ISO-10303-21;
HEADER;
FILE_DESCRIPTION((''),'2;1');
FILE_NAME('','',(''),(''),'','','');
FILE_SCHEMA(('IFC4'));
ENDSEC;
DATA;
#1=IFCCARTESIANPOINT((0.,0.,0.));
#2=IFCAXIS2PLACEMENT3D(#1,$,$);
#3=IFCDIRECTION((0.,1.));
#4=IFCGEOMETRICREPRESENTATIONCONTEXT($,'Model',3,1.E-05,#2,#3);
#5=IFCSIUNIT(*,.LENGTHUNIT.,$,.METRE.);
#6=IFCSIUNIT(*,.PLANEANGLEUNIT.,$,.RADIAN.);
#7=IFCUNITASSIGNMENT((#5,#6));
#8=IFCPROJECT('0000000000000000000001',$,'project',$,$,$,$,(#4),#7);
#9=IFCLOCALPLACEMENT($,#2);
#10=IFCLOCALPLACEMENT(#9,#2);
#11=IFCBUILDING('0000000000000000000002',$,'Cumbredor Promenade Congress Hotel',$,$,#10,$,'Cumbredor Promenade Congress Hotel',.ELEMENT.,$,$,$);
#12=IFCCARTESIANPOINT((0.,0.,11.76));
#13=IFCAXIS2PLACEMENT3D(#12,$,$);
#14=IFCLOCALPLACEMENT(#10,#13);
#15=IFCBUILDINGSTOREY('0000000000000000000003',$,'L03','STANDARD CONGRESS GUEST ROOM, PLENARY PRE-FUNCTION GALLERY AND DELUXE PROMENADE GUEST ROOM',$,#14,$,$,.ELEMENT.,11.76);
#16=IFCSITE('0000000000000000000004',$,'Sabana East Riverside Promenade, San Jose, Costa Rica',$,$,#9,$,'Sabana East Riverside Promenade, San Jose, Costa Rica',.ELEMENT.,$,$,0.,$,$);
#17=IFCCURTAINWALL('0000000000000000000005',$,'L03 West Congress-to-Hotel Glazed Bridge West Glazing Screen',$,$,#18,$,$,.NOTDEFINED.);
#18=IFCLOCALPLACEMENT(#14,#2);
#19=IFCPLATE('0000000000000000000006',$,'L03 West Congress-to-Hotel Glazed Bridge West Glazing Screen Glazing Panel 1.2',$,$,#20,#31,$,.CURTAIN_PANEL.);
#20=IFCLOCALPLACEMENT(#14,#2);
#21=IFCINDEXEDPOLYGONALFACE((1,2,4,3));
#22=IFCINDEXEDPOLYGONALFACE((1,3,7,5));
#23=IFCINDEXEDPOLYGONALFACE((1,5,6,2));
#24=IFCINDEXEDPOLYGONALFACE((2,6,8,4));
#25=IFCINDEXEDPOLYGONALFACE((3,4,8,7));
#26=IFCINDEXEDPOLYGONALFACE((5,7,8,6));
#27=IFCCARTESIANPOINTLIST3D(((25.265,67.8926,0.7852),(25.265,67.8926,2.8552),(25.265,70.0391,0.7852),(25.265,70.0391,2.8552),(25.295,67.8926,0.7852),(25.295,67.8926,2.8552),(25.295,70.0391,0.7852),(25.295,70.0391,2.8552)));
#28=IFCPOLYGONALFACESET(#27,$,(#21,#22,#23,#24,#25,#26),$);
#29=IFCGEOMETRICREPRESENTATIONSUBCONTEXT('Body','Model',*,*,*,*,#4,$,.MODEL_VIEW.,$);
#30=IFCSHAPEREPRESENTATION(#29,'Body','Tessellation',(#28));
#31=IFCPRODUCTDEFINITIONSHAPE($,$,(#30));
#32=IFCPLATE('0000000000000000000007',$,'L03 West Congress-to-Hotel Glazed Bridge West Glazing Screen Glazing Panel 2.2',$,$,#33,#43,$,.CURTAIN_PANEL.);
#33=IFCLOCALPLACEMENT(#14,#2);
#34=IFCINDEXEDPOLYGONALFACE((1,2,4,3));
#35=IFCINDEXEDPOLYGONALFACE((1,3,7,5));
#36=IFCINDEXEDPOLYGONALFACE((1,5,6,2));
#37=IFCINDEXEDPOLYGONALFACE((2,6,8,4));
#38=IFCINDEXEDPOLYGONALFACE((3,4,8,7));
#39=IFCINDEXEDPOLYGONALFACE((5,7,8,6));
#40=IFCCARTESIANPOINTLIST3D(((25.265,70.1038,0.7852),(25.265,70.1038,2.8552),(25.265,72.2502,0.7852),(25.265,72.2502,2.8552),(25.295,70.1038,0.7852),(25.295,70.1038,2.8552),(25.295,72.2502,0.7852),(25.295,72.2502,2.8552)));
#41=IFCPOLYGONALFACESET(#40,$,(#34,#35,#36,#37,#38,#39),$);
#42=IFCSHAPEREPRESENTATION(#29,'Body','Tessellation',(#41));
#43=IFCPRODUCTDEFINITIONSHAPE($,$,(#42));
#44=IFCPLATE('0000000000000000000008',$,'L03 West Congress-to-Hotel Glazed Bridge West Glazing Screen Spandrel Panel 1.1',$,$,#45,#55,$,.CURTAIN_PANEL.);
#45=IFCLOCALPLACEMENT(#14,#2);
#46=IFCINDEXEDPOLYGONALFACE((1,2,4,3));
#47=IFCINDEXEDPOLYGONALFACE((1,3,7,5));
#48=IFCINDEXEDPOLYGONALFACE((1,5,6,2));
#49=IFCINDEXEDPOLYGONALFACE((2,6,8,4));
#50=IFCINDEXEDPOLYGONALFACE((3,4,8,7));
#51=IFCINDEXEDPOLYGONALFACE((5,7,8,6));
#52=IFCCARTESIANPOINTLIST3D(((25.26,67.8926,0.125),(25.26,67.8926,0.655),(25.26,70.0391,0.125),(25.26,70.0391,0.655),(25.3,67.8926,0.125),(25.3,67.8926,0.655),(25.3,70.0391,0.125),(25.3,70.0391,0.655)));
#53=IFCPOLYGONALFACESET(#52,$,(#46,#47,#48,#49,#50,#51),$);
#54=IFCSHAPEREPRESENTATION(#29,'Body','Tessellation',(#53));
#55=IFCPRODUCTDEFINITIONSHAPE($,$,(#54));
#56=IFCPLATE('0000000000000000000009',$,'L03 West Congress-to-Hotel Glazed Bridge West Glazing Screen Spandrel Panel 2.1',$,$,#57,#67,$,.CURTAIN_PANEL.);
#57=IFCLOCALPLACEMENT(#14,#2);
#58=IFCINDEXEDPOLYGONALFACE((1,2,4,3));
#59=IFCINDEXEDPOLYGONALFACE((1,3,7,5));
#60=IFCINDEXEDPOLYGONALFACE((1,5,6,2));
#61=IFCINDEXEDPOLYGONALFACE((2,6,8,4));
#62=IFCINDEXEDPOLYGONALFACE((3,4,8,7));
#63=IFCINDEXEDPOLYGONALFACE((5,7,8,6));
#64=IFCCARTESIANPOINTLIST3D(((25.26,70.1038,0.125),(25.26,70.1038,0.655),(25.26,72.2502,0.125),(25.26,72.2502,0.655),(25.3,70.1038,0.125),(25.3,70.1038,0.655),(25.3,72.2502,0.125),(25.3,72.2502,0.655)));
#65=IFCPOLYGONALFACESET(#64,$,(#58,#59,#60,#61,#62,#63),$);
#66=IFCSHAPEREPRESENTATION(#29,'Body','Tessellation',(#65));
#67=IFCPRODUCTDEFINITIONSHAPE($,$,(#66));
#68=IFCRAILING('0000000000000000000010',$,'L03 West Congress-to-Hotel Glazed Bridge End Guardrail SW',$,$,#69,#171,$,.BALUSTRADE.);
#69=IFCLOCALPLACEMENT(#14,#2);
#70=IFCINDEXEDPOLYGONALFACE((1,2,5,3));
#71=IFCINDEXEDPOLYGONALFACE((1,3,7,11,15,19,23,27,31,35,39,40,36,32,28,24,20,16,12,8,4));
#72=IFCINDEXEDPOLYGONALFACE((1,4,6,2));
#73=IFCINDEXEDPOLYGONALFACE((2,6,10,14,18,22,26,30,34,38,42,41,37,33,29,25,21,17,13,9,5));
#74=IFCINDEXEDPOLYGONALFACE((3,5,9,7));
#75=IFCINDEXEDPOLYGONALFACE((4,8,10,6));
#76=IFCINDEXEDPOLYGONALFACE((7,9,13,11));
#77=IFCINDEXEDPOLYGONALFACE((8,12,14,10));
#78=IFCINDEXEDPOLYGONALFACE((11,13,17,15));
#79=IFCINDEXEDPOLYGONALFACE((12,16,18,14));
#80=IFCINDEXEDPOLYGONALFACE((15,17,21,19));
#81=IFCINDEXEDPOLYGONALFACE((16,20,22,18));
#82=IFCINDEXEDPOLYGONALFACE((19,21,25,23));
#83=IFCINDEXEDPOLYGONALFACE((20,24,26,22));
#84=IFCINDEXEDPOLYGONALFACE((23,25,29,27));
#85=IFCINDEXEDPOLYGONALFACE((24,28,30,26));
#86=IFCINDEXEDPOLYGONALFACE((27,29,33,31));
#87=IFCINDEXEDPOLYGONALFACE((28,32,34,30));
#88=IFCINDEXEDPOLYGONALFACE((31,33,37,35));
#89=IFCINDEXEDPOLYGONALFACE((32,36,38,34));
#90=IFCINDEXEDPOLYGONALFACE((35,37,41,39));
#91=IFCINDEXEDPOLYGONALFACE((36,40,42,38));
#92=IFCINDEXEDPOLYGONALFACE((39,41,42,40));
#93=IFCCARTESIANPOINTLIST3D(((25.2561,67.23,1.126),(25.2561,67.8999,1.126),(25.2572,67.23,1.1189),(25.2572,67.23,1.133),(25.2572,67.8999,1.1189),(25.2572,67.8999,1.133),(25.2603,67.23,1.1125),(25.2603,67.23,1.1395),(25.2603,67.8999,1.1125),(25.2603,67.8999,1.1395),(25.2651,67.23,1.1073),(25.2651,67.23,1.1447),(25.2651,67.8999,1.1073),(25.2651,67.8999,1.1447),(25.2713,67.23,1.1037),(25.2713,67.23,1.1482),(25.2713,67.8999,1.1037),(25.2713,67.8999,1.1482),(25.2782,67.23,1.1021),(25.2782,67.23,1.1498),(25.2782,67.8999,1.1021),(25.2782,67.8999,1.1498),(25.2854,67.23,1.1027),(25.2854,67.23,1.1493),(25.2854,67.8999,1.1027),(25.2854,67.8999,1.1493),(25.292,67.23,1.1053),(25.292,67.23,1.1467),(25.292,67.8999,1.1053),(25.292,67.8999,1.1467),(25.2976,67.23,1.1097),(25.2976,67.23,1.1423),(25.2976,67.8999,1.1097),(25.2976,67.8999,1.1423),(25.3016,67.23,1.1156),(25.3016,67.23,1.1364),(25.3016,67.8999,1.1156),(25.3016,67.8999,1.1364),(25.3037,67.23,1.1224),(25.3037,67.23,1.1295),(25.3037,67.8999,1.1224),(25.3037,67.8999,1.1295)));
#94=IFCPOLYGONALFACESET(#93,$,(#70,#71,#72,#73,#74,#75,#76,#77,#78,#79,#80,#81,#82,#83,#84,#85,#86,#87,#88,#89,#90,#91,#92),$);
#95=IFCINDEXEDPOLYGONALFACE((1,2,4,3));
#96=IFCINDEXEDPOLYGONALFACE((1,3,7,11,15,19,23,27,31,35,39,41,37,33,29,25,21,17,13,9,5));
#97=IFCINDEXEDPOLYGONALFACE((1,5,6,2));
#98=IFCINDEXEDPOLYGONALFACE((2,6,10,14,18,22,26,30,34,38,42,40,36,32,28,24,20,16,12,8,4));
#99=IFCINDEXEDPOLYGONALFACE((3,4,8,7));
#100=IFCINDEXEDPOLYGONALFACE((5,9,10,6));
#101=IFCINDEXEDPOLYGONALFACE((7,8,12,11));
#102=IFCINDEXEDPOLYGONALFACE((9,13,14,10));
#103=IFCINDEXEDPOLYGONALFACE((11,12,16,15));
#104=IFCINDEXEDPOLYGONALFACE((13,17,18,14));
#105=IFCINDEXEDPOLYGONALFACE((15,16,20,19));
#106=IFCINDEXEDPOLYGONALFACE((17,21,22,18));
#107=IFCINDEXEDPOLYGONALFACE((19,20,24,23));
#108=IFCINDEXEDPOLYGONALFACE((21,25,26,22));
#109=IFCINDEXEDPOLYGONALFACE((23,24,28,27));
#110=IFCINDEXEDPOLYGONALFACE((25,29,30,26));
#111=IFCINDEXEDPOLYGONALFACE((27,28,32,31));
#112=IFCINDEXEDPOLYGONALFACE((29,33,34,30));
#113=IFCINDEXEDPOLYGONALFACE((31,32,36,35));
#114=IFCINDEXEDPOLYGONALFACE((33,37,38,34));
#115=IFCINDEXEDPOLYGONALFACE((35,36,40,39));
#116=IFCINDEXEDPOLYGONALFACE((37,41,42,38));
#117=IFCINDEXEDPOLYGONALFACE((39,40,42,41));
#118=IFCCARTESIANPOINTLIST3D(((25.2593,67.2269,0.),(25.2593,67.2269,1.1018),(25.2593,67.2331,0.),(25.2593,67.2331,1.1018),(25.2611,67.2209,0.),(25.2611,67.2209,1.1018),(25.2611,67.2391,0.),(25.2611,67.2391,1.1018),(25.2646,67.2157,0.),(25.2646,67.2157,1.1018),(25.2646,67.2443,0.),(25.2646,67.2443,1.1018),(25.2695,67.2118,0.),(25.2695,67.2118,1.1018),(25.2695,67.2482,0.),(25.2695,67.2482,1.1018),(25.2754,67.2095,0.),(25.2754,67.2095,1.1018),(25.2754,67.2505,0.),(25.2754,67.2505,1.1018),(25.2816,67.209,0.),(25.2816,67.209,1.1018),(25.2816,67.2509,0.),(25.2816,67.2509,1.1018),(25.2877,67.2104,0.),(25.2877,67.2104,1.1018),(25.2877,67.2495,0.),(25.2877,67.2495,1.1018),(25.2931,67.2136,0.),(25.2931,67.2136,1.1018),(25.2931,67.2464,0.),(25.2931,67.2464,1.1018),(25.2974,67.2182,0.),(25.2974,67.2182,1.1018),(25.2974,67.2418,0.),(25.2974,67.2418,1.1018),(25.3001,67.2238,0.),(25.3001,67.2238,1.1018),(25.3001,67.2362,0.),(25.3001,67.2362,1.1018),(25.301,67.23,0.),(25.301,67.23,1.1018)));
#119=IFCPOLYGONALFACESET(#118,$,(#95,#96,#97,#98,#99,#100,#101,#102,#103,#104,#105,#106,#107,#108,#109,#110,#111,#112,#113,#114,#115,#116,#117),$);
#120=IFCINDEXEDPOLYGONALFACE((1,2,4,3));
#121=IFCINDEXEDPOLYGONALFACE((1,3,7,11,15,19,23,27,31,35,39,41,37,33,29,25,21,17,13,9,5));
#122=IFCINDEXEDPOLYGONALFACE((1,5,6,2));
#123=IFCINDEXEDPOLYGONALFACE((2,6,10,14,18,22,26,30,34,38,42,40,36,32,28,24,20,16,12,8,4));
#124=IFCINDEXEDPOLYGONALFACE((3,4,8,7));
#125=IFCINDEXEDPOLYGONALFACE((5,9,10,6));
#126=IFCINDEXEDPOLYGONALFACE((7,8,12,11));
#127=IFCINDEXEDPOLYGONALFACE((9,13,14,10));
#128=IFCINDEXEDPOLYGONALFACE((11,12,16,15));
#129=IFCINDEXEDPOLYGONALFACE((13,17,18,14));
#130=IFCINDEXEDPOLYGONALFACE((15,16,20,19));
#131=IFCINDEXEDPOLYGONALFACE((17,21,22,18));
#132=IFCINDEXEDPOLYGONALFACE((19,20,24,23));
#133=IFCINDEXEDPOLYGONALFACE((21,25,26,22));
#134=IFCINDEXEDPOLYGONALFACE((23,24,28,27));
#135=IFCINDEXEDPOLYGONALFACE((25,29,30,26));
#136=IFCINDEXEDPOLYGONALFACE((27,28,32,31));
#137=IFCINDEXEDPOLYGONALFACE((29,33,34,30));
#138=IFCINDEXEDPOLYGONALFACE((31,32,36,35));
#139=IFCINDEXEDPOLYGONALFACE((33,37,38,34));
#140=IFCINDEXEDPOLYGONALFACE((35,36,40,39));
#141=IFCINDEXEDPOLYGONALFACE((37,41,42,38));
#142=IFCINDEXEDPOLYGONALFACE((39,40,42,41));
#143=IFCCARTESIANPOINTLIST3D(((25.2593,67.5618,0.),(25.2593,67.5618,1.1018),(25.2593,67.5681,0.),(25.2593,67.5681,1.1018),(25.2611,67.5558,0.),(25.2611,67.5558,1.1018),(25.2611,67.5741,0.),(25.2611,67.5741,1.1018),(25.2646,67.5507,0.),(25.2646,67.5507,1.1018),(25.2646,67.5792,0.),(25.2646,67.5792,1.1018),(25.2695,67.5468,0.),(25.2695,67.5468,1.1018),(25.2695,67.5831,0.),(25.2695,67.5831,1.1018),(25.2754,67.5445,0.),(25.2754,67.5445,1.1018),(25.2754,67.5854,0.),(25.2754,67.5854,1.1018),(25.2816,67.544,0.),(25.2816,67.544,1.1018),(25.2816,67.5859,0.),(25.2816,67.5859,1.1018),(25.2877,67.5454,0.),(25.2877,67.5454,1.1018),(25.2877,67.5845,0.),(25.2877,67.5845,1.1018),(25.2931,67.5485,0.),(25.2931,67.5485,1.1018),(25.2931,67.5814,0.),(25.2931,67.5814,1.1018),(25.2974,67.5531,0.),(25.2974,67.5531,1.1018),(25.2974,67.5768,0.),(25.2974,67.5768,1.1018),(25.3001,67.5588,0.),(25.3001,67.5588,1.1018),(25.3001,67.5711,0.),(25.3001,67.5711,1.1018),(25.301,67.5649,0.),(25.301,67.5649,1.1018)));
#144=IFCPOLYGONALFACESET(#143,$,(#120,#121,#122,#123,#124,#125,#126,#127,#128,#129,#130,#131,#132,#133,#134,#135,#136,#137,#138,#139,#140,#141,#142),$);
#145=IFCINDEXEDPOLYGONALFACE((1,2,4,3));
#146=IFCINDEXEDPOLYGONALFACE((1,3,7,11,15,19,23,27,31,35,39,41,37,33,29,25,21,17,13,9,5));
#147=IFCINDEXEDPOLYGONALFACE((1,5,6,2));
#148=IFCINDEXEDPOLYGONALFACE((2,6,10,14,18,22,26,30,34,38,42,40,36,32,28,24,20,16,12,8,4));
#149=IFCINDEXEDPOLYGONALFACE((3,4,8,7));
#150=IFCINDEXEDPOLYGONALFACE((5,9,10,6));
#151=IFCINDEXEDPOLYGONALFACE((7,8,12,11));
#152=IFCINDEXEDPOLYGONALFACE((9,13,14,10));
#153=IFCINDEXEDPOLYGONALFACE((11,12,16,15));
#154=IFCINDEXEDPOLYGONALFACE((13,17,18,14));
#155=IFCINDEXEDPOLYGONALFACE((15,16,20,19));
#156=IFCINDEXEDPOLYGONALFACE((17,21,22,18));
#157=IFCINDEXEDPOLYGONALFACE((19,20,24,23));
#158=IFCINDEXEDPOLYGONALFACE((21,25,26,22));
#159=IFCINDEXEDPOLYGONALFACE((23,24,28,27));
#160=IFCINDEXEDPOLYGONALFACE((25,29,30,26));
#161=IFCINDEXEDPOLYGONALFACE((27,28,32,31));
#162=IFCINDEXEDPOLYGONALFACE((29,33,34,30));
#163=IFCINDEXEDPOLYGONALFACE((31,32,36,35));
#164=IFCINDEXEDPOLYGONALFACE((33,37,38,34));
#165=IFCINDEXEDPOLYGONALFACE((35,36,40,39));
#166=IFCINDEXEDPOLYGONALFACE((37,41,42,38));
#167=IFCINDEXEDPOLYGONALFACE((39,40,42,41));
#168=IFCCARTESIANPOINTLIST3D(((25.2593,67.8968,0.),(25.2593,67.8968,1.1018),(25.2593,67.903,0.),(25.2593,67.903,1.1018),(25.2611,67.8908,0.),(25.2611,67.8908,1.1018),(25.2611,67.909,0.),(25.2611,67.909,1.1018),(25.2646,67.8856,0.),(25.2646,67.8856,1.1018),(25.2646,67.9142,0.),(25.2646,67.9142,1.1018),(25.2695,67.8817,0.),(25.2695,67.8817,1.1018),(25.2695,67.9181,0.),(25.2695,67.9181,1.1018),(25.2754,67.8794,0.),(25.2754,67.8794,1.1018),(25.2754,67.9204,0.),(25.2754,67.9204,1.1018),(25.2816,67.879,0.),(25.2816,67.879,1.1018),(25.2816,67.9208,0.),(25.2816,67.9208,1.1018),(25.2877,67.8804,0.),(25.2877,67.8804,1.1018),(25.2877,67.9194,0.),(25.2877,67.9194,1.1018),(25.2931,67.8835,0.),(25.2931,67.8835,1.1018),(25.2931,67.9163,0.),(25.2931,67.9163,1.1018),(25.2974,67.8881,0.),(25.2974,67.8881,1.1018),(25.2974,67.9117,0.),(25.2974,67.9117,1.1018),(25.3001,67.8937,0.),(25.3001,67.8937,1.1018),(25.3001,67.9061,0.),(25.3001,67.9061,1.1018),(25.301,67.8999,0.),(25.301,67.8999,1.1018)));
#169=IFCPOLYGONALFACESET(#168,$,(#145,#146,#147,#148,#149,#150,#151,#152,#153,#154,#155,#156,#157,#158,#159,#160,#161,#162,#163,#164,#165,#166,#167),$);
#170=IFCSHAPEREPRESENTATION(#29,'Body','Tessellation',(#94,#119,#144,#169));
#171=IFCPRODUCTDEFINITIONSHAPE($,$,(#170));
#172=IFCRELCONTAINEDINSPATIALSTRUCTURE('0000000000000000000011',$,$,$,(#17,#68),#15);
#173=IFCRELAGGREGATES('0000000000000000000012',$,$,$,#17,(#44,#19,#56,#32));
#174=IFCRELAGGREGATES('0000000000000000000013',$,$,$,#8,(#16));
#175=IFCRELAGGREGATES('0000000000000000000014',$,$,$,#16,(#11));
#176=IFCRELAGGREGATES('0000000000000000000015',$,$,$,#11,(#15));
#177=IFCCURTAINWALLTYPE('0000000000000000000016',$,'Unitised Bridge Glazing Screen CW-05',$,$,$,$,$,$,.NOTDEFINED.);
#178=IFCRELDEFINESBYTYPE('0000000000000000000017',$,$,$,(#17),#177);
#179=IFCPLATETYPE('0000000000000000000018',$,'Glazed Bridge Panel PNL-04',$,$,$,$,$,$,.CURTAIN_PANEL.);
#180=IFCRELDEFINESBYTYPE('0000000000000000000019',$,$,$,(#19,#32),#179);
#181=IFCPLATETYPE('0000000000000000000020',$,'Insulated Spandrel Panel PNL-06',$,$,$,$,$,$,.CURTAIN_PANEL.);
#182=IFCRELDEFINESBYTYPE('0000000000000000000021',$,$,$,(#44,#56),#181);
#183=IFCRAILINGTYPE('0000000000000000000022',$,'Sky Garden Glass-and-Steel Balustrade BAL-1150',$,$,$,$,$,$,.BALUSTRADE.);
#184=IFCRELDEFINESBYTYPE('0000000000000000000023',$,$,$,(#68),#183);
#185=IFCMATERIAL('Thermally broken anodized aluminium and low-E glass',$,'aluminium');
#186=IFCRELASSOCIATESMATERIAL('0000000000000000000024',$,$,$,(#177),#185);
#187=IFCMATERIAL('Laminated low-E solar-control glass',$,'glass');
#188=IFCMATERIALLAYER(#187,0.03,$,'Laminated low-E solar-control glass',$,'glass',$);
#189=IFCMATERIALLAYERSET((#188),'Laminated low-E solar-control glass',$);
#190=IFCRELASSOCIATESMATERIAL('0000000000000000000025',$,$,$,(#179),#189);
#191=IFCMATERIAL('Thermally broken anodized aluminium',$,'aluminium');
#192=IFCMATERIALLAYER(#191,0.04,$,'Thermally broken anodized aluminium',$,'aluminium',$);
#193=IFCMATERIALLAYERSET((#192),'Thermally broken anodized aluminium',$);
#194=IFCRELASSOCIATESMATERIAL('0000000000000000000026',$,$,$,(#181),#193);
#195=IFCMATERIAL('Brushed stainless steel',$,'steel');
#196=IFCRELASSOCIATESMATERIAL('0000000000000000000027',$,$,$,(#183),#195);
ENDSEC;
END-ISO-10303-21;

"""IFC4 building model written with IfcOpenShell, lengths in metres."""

from ifc_helpers import new_model, si_unit, direction, frame, origin, origin_2d, place, context, subcontext, project, spatial, rectangle, circle, extrude, material, layer, layer_set, type_object, element, aggregate, save


model = new_model("IFC4")

# Units and contexts
model_context = context("Model", 3, precision=1e-05, world=origin(), true_north=direction((0.0, 1.0)))
body_context = subcontext(model_context, "Body", "Model", "MODEL_VIEW")
ifc_project = project(units=[si_unit("LENGTHUNIT", "METRE"), si_unit("PLANEANGLEUNIT", "RADIAN")], contexts=[model_context])

# Site, building, storey
site_placement = place(None, origin())
site = spatial("IfcSite", under=ifc_project, at=site_placement, Name="Sabana East Riverside Promenade, San Jose, Costa Rica", LongName="Sabana East Riverside Promenade, San Jose, Costa Rica", CompositionType="ELEMENT", RefElevation=0.0)
building_placement = place(site_placement, origin())
building = spatial("IfcBuilding", under=site, at=building_placement, Name="Cumbredor Promenade Congress Hotel", LongName="Cumbredor Promenade Congress Hotel", CompositionType="ELEMENT")
storey_placement = place(building_placement, frame((0.0, 0.0, 11.76)))
storey = spatial("IfcBuildingStorey", under=building, at=storey_placement, Name="L03", Description="STANDARD CONGRESS GUEST ROOM, PLENARY PRE-FUNCTION GALLERY AND DELUXE PROMENADE GUEST ROOM", CompositionType="ELEMENT", Elevation=11.76)

# Curtain wall
ifc_material_1 = material(Name="Thermally broken anodized aluminium and low-E glass", Category="aluminium")
curtain_wall_type_1 = type_object("IfcCurtainWallType", Name="Unitised Bridge Glazing Screen CW-05", PredefinedType="NOTDEFINED", material=ifc_material_1)
curtain_wall_1_placement = place(storey_placement, origin())
curtain_wall_1 = element("IfcCurtainWall", 1, at=curtain_wall_1_placement, inside=storey, type_object=curtain_wall_type_1, Name="L03 West Congress-to-Hotel Glazed Bridge West Glazing Screen", PredefinedType="NOTDEFINED")
ifc_material_2 = material(Name="Thermally broken anodized aluminium", Category="aluminium")

# Plates
ifc_material_3 = material(Name="Laminated low-E solar-control glass", Category="glass")
ifc_layer_1 = layer(ifc_material_3, 0.03, Name="Laminated low-E solar-control glass", Category="glass")
ifc_layer_set_1 = layer_set([ifc_layer_1], Name="Laminated low-E solar-control glass")
plate_type_1 = type_object("IfcPlateType", Name="Glazed Bridge Panel PNL-04", PredefinedType="CURTAIN_PANEL", material=ifc_layer_set_1)
plate_1_placement = place(storey_placement, frame((25.28, 68.9658, 0.7852), z_axis=(0.0, 0.0, 1.0), x_axis=(0.0, 1.0, 0.0)))
plate_1 = element("IfcPlate", 2, at=plate_1_placement, type_object=plate_type_1, Name="L03 West Congress-to-Hotel Glazed Bridge West Glazing Screen Glazing Panel 1.2", PredefinedType="CURTAIN_PANEL", context=body_context, shape_type="SweptSolid", body=[
    extrude(rectangle(XDim=2.1465, YDim=0.03, at=origin_2d()), origin(), (0.0, 0.0, 1.0), 2.0701),
])
plate_2_placement = place(storey_placement, frame((25.28, 71.177, 0.7852), z_axis=(0.0, 0.0, 1.0), x_axis=(0.0, 1.0, 0.0)))
plate_2 = element("IfcPlate", 3, at=plate_2_placement, type_object=plate_type_1, Name="L03 West Congress-to-Hotel Glazed Bridge West Glazing Screen Glazing Panel 2.2", PredefinedType="CURTAIN_PANEL", context=body_context, shape_type="SweptSolid", body=[
    extrude(rectangle(XDim=2.1465, YDim=0.03, at=origin_2d()), origin(), (0.0, 0.0, 1.0), 2.0701),
])
ifc_layer_2 = layer(ifc_material_2, 0.04, Name="Thermally broken anodized aluminium", Category="aluminium")
ifc_layer_set_2 = layer_set([ifc_layer_2], Name="Thermally broken anodized aluminium")
plate_type_2 = type_object("IfcPlateType", Name="Insulated Spandrel Panel PNL-06", PredefinedType="CURTAIN_PANEL", material=ifc_layer_set_2)
plate_3_placement = place(storey_placement, frame((25.28, 68.9658, 0.125), z_axis=(0.0, 0.0, 1.0), x_axis=(0.0, 1.0, 0.0)))
plate_3 = element("IfcPlate", 4, at=plate_3_placement, type_object=plate_type_2, Name="L03 West Congress-to-Hotel Glazed Bridge West Glazing Screen Spandrel Panel 1.1", PredefinedType="CURTAIN_PANEL", context=body_context, shape_type="SweptSolid", body=[
    extrude(rectangle(XDim=2.1465, YDim=0.04, at=origin_2d()), origin(), (0.0, 0.0, 1.0), 0.53),
])
plate_4_placement = place(storey_placement, frame((25.28, 71.177, 0.125), z_axis=(0.0, 0.0, 1.0), x_axis=(0.0, 1.0, 0.0)))
plate_4 = element("IfcPlate", 5, at=plate_4_placement, type_object=plate_type_2, Name="L03 West Congress-to-Hotel Glazed Bridge West Glazing Screen Spandrel Panel 2.1", PredefinedType="CURTAIN_PANEL", context=body_context, shape_type="SweptSolid", body=[
    extrude(rectangle(XDim=2.1465, YDim=0.04, at=origin_2d()), origin(), (0.0, 0.0, 1.0), 0.53),
])
aggregate(curtain_wall_1, [plate_3, plate_1, plate_4, plate_2])

# Railing
ifc_material_4 = material(Name="Brushed stainless steel", Category="steel")
railing_type = type_object("IfcRailingType", Name="Sky Garden Glass-and-Steel Balustrade BAL-1150", PredefinedType="BALUSTRADE", material=ifc_material_4)
railing_placement = place(storey_placement, frame((25.28, 67.23, 0.0)))
element("IfcRailing", 6, at=railing_placement, inside=storey, type_object=railing_type, Name="L03 West Congress-to-Hotel Glazed Bridge End Guardrail SW", PredefinedType="BALUSTRADE", context=body_context, shape_type="SweptSolid", body=[
    extrude(circle(Radius=0.0239, at=origin_2d()), frame((0.0, 0.0, 1.126), z_axis=(0.0, 1.0, 0.0), x_axis=(-1.0, 0.0, 0.0)), (0.0, 0.0, 1.0), 0.6699),
    extrude(circle(Radius=0.021, at=origin_2d()), origin(), (0.0, 0.0, 1.0), 1.1018),
    extrude(circle(Radius=0.021, at=origin_2d()), frame((0.0, 0.335, 0.0)), (0.0, 0.0, 1.0), 1.1018),
    extrude(circle(Radius=0.021, at=origin_2d()), frame((0.0, 0.6699, 0.0)), (0.0, 0.0, 1.0), 1.1018),
])

save(model, "model.ifc")
